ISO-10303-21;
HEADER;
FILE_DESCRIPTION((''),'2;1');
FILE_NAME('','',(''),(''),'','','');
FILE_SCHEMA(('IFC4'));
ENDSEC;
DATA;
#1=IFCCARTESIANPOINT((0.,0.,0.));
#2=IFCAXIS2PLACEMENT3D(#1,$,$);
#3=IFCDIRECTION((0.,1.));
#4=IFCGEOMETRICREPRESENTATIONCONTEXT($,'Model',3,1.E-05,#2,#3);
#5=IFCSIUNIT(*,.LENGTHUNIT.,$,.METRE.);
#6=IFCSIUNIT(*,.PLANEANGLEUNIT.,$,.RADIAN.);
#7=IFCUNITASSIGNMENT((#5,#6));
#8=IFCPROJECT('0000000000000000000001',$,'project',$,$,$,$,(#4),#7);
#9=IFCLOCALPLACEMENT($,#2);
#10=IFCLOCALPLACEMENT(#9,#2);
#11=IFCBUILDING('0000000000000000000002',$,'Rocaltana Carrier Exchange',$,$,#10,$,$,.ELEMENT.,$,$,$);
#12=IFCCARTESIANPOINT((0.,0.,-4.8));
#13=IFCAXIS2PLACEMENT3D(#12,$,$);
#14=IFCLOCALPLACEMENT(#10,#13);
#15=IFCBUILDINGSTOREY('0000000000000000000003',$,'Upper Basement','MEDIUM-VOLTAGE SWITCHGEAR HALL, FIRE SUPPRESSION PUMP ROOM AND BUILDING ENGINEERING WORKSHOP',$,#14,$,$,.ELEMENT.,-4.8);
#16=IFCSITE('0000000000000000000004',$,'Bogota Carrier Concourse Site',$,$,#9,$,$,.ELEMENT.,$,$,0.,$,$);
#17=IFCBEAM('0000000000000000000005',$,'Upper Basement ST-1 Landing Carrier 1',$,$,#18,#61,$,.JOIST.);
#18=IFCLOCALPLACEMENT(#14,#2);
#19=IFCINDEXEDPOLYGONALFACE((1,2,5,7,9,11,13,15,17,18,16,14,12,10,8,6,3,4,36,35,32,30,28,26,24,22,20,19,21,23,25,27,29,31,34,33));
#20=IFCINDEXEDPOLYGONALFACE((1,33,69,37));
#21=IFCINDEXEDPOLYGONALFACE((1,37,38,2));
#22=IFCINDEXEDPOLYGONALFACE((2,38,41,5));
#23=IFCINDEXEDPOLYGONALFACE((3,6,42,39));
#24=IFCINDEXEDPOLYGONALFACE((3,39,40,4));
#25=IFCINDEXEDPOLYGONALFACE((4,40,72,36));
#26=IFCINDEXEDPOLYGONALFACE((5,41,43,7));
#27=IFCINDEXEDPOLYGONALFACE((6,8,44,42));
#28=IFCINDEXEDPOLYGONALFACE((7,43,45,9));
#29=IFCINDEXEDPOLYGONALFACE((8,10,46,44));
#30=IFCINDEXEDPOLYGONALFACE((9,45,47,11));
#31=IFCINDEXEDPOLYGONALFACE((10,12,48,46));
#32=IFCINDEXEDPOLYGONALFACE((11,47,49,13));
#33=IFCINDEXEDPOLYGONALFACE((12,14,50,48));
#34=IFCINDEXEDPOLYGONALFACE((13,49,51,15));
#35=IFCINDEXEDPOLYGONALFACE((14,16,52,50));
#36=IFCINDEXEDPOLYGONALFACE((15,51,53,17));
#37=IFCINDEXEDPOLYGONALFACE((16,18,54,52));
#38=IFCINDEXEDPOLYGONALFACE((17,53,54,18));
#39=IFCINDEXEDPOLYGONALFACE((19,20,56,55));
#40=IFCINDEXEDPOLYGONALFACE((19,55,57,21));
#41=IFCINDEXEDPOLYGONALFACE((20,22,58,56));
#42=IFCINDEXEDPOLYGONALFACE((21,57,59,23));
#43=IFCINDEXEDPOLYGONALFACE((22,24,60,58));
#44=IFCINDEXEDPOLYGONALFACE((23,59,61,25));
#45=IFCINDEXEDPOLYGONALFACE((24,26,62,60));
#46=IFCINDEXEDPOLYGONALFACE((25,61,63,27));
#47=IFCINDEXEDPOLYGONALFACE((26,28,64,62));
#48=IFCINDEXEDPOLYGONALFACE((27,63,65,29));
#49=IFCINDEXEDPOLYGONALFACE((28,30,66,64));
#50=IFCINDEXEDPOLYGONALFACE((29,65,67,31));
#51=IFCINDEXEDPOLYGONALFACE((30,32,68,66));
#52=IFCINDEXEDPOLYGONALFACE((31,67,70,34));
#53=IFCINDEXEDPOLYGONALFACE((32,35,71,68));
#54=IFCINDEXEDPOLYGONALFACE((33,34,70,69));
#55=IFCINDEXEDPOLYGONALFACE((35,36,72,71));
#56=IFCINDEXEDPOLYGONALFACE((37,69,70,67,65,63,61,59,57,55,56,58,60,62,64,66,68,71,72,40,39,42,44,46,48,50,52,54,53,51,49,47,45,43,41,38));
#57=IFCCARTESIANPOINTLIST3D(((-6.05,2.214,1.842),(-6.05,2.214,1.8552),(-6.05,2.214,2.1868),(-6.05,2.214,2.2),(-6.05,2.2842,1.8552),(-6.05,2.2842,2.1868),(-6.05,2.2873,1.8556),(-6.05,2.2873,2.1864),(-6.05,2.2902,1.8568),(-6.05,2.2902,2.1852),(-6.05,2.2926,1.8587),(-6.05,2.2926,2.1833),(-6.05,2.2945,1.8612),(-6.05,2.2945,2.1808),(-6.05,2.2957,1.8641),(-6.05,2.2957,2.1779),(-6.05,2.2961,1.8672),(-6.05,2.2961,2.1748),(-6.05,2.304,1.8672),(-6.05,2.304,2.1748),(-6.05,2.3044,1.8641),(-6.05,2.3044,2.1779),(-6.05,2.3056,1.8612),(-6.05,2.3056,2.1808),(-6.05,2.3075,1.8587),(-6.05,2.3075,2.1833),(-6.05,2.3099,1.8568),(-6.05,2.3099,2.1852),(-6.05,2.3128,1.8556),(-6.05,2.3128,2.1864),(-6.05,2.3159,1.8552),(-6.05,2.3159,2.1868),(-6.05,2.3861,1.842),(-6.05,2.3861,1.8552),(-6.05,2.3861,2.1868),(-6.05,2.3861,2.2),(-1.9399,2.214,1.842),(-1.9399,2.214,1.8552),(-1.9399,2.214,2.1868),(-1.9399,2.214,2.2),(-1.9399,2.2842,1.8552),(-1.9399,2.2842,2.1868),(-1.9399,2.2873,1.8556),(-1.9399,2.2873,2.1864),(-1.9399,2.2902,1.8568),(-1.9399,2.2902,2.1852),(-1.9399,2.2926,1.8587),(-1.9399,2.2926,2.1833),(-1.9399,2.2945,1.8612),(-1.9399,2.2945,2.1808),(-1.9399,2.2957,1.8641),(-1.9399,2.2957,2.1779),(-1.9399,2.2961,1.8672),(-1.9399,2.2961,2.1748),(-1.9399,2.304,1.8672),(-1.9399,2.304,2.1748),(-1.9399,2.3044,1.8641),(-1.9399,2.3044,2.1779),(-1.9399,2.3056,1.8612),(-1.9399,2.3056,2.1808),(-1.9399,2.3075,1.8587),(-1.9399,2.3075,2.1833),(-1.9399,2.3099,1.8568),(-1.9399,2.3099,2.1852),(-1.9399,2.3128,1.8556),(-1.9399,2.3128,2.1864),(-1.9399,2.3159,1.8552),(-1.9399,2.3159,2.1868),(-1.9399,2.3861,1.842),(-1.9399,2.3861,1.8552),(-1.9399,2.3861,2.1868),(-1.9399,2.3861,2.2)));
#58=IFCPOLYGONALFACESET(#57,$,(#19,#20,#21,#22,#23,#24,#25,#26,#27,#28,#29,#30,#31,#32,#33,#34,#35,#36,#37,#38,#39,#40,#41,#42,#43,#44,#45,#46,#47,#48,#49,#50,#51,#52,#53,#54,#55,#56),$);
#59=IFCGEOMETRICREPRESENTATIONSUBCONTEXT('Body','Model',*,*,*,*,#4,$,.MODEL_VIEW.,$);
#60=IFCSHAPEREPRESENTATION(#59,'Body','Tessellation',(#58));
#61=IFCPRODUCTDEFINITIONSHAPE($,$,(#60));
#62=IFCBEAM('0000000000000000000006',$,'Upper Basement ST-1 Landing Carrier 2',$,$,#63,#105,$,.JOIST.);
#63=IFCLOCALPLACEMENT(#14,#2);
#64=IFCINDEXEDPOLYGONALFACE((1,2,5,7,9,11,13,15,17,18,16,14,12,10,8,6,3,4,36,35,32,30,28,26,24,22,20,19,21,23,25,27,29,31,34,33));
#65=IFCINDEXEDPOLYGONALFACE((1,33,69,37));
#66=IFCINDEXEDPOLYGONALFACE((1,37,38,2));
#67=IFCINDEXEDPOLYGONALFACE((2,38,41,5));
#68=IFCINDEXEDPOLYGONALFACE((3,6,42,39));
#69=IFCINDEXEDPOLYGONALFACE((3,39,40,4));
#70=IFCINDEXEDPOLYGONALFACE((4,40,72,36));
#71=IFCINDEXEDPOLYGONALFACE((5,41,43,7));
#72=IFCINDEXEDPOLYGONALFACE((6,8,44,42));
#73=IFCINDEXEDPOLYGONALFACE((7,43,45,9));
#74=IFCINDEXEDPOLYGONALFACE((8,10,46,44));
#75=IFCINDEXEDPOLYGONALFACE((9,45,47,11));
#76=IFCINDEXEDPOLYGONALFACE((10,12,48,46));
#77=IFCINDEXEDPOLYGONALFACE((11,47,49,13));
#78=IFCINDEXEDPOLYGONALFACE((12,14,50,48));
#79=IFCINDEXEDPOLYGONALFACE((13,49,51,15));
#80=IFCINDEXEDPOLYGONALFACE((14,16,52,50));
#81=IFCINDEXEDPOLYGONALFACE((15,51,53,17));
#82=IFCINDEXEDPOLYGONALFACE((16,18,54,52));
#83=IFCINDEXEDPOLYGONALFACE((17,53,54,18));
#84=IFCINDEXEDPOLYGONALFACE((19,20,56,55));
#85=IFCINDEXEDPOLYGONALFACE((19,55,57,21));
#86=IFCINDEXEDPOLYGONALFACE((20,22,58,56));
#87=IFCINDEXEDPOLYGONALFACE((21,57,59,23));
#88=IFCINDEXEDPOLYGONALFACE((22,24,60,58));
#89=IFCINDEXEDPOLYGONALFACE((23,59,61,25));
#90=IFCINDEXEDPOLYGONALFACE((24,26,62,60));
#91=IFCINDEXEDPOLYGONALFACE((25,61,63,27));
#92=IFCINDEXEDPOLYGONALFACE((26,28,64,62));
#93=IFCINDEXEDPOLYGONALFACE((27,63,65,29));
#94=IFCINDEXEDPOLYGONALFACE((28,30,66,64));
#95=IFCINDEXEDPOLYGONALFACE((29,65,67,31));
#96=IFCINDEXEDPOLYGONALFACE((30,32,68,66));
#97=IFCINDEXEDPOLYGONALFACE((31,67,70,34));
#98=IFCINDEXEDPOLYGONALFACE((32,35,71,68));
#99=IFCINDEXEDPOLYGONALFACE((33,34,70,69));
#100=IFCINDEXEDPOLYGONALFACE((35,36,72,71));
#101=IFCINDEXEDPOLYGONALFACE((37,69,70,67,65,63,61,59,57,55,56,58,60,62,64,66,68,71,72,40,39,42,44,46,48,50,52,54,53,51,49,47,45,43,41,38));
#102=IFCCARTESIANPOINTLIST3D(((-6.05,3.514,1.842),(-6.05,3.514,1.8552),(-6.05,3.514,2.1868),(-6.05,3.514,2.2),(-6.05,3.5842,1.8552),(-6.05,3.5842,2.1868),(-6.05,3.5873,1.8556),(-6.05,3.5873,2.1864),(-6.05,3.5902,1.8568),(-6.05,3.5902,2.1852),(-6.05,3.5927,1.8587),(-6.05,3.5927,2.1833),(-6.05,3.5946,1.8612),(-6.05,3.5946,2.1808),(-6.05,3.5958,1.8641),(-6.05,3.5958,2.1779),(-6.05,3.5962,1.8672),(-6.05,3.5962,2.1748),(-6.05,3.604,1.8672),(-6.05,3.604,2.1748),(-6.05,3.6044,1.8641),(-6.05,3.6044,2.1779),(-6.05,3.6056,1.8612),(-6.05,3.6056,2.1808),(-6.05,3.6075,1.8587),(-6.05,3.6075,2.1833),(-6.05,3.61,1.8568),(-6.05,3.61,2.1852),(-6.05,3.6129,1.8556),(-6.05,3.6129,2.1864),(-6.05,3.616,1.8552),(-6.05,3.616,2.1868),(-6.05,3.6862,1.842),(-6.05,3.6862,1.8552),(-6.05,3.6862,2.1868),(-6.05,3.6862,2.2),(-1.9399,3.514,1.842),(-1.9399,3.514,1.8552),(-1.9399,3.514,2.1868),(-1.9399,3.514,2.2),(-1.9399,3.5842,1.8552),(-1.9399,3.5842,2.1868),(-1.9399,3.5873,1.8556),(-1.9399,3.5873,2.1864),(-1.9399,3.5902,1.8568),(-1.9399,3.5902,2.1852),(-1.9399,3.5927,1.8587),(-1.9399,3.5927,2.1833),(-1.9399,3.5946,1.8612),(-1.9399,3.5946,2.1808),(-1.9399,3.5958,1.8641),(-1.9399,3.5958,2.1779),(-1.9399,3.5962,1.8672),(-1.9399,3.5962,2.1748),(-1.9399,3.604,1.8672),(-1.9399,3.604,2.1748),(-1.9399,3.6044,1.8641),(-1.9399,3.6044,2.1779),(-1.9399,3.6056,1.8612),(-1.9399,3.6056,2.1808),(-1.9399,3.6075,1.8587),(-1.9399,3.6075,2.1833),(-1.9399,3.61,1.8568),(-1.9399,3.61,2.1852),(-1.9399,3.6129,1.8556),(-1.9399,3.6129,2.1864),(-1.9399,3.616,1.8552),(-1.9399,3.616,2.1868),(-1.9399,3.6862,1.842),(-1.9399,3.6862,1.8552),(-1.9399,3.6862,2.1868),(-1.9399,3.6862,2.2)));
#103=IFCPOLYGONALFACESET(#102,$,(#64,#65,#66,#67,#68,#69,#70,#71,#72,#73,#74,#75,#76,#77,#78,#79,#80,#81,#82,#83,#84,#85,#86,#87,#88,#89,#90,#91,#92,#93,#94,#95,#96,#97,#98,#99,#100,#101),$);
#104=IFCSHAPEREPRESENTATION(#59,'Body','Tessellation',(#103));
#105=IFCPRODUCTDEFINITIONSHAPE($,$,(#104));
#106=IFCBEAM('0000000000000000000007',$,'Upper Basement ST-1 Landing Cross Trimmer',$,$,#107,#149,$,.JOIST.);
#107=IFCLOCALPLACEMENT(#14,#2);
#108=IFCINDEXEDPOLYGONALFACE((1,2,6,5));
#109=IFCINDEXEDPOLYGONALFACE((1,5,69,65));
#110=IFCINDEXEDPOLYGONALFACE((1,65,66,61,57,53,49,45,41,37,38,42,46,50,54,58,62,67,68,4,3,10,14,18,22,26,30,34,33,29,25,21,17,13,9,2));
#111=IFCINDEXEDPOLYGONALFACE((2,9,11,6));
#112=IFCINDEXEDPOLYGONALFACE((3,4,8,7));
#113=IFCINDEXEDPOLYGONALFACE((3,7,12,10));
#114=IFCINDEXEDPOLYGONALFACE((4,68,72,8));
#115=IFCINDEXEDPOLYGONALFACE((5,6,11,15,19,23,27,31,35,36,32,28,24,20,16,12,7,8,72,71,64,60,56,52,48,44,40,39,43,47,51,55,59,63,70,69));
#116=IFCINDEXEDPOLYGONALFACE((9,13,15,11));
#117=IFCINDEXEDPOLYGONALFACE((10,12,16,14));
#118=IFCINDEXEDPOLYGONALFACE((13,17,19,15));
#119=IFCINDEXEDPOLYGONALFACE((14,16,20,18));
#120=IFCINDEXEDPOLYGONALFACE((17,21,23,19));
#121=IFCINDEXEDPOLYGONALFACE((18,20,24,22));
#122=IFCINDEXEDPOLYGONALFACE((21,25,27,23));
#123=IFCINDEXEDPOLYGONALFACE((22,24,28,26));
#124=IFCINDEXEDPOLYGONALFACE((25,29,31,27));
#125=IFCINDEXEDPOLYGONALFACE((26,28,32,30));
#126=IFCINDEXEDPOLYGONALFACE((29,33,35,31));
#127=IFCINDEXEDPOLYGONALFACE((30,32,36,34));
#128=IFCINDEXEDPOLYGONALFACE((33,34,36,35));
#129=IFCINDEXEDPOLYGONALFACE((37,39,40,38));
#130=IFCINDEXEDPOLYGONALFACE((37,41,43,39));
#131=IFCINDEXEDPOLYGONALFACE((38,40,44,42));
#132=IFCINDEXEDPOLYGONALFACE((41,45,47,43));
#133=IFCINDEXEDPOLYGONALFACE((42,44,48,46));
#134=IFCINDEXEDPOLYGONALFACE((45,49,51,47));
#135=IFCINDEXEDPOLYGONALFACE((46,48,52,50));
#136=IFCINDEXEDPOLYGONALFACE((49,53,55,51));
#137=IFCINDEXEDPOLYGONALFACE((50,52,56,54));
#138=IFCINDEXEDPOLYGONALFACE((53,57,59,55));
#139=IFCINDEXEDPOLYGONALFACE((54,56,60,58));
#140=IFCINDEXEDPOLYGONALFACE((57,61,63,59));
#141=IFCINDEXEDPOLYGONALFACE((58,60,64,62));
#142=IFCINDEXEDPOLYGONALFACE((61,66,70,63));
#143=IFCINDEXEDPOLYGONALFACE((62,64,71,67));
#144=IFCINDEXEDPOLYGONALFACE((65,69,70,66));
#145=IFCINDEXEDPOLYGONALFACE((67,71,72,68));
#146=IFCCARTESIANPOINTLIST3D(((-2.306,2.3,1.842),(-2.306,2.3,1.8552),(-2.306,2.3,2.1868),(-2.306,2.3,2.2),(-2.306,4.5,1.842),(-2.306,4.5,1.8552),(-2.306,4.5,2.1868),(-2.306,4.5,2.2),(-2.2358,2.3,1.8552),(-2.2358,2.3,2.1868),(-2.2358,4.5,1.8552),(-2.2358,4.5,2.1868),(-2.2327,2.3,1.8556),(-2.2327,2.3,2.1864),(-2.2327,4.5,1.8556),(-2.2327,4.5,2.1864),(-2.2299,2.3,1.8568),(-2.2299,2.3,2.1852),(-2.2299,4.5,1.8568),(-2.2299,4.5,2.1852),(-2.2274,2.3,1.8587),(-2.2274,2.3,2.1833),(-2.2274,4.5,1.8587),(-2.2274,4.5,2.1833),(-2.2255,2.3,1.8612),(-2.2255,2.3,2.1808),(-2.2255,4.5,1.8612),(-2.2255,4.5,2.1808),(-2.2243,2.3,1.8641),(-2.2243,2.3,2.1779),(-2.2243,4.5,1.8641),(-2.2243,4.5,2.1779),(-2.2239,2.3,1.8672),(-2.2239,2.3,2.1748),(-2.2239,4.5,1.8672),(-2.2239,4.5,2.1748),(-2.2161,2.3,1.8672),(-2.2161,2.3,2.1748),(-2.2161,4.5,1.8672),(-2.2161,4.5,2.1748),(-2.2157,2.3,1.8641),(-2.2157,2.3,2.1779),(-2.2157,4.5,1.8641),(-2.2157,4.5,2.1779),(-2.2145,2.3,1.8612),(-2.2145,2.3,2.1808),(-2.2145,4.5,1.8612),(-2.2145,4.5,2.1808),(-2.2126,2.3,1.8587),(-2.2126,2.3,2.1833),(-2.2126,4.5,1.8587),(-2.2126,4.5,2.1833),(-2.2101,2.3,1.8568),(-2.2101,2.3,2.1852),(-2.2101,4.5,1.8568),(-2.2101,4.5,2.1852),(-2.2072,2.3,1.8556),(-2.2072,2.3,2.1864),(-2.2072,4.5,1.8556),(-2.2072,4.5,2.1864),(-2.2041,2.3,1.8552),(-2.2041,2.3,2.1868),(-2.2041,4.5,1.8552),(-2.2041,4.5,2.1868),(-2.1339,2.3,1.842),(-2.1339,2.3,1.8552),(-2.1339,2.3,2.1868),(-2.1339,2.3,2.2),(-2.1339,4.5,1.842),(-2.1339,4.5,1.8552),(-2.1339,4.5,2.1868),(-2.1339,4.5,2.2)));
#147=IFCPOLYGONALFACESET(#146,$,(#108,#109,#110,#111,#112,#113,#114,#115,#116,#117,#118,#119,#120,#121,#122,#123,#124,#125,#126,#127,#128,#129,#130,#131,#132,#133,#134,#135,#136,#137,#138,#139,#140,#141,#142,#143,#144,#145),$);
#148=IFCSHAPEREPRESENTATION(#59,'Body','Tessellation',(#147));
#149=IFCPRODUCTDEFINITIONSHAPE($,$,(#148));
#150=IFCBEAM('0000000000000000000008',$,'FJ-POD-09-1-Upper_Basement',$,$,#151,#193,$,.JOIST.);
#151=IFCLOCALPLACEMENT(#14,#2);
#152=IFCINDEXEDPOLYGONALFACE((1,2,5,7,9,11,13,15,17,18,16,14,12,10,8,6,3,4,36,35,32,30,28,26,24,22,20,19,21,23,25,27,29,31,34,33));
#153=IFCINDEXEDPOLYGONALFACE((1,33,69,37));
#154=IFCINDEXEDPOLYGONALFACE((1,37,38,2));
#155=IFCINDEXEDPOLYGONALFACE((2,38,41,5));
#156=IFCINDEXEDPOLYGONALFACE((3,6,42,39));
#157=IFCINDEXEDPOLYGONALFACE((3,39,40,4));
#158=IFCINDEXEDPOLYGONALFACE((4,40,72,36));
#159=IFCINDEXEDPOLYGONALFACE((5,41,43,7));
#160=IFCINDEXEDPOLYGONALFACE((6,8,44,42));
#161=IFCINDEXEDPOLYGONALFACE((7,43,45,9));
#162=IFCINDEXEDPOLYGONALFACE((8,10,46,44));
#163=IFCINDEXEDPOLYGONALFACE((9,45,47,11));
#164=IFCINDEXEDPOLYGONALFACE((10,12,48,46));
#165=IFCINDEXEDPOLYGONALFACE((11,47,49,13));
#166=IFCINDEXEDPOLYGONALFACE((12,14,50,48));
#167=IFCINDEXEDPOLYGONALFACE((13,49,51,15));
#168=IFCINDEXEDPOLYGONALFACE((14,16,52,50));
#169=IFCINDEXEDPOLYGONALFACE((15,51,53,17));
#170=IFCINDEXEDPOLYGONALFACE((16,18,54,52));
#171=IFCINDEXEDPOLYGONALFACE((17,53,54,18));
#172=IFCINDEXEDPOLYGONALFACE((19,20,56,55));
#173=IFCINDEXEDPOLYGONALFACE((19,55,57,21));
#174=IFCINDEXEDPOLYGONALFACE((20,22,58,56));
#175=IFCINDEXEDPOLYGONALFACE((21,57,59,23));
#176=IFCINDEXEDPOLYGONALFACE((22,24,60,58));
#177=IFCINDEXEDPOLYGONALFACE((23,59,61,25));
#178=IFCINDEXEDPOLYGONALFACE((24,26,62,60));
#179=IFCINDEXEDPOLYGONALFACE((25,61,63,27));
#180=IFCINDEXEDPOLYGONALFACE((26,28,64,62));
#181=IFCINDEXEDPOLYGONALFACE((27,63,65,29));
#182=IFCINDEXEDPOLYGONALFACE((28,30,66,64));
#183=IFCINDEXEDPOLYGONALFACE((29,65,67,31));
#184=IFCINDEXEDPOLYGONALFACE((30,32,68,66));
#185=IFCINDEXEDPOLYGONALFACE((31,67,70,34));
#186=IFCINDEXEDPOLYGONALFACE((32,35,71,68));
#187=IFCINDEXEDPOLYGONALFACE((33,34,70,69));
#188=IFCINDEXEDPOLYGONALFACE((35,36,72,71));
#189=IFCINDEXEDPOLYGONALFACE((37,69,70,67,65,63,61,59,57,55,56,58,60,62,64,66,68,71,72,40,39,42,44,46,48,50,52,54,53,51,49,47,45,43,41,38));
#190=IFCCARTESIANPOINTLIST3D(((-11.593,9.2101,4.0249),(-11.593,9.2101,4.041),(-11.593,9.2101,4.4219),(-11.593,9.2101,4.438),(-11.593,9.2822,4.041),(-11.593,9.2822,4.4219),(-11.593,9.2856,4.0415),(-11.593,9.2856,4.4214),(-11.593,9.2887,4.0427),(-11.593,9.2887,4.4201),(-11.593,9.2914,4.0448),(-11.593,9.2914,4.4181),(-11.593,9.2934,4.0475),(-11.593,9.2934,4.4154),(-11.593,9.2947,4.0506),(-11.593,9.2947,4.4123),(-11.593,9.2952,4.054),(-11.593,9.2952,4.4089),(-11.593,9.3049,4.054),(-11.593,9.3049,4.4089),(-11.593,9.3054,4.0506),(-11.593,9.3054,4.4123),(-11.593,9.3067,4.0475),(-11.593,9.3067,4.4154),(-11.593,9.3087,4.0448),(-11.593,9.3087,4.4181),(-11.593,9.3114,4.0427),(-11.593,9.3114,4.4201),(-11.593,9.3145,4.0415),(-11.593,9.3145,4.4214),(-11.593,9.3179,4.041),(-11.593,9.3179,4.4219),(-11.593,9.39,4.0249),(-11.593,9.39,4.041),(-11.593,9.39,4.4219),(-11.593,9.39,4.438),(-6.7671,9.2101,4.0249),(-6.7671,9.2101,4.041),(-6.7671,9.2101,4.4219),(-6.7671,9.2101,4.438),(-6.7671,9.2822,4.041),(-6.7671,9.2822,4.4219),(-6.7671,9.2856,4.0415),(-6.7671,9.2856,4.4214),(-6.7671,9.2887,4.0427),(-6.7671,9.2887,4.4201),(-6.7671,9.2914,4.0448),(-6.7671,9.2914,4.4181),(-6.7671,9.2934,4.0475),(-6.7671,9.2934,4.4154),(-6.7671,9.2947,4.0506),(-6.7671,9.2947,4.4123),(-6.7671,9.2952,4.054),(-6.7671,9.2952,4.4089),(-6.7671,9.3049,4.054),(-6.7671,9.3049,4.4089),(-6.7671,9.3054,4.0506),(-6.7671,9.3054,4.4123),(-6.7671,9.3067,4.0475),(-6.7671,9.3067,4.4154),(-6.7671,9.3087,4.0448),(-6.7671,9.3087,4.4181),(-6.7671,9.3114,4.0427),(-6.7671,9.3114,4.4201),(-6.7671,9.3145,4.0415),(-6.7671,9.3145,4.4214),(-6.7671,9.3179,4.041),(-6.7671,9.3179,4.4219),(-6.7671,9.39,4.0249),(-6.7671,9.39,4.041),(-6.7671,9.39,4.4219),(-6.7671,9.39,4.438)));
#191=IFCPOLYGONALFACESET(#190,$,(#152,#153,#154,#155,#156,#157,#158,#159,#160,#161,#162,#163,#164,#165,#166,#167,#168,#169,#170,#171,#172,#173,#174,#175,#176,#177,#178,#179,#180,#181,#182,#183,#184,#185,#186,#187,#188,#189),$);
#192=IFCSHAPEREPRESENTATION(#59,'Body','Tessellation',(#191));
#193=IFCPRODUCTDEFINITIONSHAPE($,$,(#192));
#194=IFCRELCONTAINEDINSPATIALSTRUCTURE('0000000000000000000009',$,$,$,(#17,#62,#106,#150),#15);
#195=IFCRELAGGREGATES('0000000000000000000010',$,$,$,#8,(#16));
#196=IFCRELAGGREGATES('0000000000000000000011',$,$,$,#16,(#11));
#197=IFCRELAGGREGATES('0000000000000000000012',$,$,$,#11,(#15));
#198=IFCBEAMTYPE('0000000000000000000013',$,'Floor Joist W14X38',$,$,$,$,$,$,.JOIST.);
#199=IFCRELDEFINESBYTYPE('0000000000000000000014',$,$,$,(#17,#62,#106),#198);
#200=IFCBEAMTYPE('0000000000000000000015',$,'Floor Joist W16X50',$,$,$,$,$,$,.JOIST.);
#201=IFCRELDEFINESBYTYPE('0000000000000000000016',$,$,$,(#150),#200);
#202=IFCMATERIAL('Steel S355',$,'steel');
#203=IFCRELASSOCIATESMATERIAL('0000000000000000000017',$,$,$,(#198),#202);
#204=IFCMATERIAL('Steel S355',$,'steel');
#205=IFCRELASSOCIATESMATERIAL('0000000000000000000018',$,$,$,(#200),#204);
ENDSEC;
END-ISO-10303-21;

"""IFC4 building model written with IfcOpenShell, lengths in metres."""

from ifc_helpers import new_model, si_unit, direction, frame, origin, origin_2d, place, context, subcontext, project, spatial, i_section, extrude, material, material_profile, profile_set, type_object, element, save


model = new_model("IFC4")

# Units and contexts
model_context = context("Model", 3, precision=1e-05, world=origin(), true_north=direction((0.0, 1.0)))
body_context = subcontext(model_context, "Body", "Model", "MODEL_VIEW")
ifc_project = project(units=[si_unit("LENGTHUNIT", "METRE"), si_unit("PLANEANGLEUNIT", "RADIAN")], contexts=[model_context])

# Site, building, storey
site_placement = place(None, origin())
site = spatial("IfcSite", under=ifc_project, at=site_placement, Name="Bogota Carrier Concourse Site", CompositionType="ELEMENT", RefElevation=0.0)
building_placement = place(site_placement, origin())
building = spatial("IfcBuilding", under=site, at=building_placement, Name="Rocaltana Carrier Exchange", CompositionType="ELEMENT")
storey_placement = place(building_placement, frame((0.0, 0.0, -4.8)))
storey = spatial("IfcBuildingStorey", under=building, at=storey_placement, Name="Upper Basement", Description="MEDIUM-VOLTAGE SWITCHGEAR HALL, FIRE SUPPRESSION PUMP ROOM AND BUILDING ENGINEERING WORKSHOP", CompositionType="ELEMENT", Elevation=-4.8)

# Beams
ifc_material_1 = material(Name="Steel S355", Category="steel")
ifc_material_profile_1 = material_profile(ifc_material_1, i_section(OverallWidth=0.1721, OverallDepth=0.3579, WebThickness=0.0078, FlangeThickness=0.0132, FilletRadius=0.012, at=origin_2d()), Name="W14X38")
ifc_profile_set_1 = profile_set([ifc_material_profile_1], Name="Steel S355")
beam_type_1 = type_object("IfcBeamType", Name="Floor Joist W14X38", PredefinedType="JOIST", material=ifc_profile_set_1)
for number, where, z_axis, x_axis, name in (
    (1, (-6.05, 2.3, 2.021), (1.0, 0.0, 0.0), (0.0, 1.0, 0.0), "Upper Basement ST-1 Landing Carrier 1"),
    (2, (-6.05, 3.6001, 2.021), (1.0, 0.0, 0.0), (0.0, 1.0, 0.0), "Upper Basement ST-1 Landing Carrier 2"),
):
    element("IfcBeam", number, at=place(storey_placement, frame(where, z_axis=z_axis, x_axis=x_axis)), inside=storey, type_object=beam_type_1, Name=name, PredefinedType="JOIST", context=body_context, shape_type="SweptSolid", body=[
        extrude(i_section(OverallWidth=0.1721, OverallDepth=0.3579, WebThickness=0.0078, FlangeThickness=0.0132, FilletRadius=0.012, at=origin_2d()), origin(), (0.0, 0.0, 1.0), 4.1101),
    ])
beam_1_placement = place(storey_placement, frame((-2.22, 2.3, 2.021), z_axis=(0.0, 1.0, 0.0), x_axis=(-1.0, 0.0, 0.0)))
element("IfcBeam", 3, at=beam_1_placement, inside=storey, type_object=beam_type_1, Name="Upper Basement ST-1 Landing Cross Trimmer", PredefinedType="JOIST", context=body_context, shape_type="SweptSolid", body=[
    extrude(i_section(OverallWidth=0.1721, OverallDepth=0.3579, WebThickness=0.0078, FlangeThickness=0.0132, FilletRadius=0.012, at=origin_2d()), origin(), (0.0, 0.0, 1.0), 2.2),
])
ifc_material_2 = material(Name="Steel S355", Category="steel")
ifc_material_profile_2 = material_profile(ifc_material_2, i_section(OverallWidth=0.1799, OverallDepth=0.4131, WebThickness=0.0098, FlangeThickness=0.0161, FilletRadius=0.0129, at=origin_2d()), Name="W16X50")
ifc_profile_set_2 = profile_set([ifc_material_profile_2], Name="Steel S355")
beam_type_2 = type_object("IfcBeamType", Name="Floor Joist W16X50", PredefinedType="JOIST", material=ifc_profile_set_2)
beam_2_placement = place(storey_placement, frame((-6.7671, 9.3, 4.2314), z_axis=(-1.0, 0.0, 0.0), x_axis=(0.0, -1.0, 0.0)))
element("IfcBeam", 4, at=beam_2_placement, inside=storey, type_object=beam_type_2, Name="FJ-POD-09-1-Upper_Basement", PredefinedType="JOIST", context=body_context, shape_type="SweptSolid", body=[
    extrude(i_section(OverallWidth=0.1799, OverallDepth=0.4131, WebThickness=0.0098, FlangeThickness=0.0161, FilletRadius=0.0129, at=origin_2d()), origin(), (0.0, 0.0, 1.0), 4.8259),
])

save(model, "model.ifc")
